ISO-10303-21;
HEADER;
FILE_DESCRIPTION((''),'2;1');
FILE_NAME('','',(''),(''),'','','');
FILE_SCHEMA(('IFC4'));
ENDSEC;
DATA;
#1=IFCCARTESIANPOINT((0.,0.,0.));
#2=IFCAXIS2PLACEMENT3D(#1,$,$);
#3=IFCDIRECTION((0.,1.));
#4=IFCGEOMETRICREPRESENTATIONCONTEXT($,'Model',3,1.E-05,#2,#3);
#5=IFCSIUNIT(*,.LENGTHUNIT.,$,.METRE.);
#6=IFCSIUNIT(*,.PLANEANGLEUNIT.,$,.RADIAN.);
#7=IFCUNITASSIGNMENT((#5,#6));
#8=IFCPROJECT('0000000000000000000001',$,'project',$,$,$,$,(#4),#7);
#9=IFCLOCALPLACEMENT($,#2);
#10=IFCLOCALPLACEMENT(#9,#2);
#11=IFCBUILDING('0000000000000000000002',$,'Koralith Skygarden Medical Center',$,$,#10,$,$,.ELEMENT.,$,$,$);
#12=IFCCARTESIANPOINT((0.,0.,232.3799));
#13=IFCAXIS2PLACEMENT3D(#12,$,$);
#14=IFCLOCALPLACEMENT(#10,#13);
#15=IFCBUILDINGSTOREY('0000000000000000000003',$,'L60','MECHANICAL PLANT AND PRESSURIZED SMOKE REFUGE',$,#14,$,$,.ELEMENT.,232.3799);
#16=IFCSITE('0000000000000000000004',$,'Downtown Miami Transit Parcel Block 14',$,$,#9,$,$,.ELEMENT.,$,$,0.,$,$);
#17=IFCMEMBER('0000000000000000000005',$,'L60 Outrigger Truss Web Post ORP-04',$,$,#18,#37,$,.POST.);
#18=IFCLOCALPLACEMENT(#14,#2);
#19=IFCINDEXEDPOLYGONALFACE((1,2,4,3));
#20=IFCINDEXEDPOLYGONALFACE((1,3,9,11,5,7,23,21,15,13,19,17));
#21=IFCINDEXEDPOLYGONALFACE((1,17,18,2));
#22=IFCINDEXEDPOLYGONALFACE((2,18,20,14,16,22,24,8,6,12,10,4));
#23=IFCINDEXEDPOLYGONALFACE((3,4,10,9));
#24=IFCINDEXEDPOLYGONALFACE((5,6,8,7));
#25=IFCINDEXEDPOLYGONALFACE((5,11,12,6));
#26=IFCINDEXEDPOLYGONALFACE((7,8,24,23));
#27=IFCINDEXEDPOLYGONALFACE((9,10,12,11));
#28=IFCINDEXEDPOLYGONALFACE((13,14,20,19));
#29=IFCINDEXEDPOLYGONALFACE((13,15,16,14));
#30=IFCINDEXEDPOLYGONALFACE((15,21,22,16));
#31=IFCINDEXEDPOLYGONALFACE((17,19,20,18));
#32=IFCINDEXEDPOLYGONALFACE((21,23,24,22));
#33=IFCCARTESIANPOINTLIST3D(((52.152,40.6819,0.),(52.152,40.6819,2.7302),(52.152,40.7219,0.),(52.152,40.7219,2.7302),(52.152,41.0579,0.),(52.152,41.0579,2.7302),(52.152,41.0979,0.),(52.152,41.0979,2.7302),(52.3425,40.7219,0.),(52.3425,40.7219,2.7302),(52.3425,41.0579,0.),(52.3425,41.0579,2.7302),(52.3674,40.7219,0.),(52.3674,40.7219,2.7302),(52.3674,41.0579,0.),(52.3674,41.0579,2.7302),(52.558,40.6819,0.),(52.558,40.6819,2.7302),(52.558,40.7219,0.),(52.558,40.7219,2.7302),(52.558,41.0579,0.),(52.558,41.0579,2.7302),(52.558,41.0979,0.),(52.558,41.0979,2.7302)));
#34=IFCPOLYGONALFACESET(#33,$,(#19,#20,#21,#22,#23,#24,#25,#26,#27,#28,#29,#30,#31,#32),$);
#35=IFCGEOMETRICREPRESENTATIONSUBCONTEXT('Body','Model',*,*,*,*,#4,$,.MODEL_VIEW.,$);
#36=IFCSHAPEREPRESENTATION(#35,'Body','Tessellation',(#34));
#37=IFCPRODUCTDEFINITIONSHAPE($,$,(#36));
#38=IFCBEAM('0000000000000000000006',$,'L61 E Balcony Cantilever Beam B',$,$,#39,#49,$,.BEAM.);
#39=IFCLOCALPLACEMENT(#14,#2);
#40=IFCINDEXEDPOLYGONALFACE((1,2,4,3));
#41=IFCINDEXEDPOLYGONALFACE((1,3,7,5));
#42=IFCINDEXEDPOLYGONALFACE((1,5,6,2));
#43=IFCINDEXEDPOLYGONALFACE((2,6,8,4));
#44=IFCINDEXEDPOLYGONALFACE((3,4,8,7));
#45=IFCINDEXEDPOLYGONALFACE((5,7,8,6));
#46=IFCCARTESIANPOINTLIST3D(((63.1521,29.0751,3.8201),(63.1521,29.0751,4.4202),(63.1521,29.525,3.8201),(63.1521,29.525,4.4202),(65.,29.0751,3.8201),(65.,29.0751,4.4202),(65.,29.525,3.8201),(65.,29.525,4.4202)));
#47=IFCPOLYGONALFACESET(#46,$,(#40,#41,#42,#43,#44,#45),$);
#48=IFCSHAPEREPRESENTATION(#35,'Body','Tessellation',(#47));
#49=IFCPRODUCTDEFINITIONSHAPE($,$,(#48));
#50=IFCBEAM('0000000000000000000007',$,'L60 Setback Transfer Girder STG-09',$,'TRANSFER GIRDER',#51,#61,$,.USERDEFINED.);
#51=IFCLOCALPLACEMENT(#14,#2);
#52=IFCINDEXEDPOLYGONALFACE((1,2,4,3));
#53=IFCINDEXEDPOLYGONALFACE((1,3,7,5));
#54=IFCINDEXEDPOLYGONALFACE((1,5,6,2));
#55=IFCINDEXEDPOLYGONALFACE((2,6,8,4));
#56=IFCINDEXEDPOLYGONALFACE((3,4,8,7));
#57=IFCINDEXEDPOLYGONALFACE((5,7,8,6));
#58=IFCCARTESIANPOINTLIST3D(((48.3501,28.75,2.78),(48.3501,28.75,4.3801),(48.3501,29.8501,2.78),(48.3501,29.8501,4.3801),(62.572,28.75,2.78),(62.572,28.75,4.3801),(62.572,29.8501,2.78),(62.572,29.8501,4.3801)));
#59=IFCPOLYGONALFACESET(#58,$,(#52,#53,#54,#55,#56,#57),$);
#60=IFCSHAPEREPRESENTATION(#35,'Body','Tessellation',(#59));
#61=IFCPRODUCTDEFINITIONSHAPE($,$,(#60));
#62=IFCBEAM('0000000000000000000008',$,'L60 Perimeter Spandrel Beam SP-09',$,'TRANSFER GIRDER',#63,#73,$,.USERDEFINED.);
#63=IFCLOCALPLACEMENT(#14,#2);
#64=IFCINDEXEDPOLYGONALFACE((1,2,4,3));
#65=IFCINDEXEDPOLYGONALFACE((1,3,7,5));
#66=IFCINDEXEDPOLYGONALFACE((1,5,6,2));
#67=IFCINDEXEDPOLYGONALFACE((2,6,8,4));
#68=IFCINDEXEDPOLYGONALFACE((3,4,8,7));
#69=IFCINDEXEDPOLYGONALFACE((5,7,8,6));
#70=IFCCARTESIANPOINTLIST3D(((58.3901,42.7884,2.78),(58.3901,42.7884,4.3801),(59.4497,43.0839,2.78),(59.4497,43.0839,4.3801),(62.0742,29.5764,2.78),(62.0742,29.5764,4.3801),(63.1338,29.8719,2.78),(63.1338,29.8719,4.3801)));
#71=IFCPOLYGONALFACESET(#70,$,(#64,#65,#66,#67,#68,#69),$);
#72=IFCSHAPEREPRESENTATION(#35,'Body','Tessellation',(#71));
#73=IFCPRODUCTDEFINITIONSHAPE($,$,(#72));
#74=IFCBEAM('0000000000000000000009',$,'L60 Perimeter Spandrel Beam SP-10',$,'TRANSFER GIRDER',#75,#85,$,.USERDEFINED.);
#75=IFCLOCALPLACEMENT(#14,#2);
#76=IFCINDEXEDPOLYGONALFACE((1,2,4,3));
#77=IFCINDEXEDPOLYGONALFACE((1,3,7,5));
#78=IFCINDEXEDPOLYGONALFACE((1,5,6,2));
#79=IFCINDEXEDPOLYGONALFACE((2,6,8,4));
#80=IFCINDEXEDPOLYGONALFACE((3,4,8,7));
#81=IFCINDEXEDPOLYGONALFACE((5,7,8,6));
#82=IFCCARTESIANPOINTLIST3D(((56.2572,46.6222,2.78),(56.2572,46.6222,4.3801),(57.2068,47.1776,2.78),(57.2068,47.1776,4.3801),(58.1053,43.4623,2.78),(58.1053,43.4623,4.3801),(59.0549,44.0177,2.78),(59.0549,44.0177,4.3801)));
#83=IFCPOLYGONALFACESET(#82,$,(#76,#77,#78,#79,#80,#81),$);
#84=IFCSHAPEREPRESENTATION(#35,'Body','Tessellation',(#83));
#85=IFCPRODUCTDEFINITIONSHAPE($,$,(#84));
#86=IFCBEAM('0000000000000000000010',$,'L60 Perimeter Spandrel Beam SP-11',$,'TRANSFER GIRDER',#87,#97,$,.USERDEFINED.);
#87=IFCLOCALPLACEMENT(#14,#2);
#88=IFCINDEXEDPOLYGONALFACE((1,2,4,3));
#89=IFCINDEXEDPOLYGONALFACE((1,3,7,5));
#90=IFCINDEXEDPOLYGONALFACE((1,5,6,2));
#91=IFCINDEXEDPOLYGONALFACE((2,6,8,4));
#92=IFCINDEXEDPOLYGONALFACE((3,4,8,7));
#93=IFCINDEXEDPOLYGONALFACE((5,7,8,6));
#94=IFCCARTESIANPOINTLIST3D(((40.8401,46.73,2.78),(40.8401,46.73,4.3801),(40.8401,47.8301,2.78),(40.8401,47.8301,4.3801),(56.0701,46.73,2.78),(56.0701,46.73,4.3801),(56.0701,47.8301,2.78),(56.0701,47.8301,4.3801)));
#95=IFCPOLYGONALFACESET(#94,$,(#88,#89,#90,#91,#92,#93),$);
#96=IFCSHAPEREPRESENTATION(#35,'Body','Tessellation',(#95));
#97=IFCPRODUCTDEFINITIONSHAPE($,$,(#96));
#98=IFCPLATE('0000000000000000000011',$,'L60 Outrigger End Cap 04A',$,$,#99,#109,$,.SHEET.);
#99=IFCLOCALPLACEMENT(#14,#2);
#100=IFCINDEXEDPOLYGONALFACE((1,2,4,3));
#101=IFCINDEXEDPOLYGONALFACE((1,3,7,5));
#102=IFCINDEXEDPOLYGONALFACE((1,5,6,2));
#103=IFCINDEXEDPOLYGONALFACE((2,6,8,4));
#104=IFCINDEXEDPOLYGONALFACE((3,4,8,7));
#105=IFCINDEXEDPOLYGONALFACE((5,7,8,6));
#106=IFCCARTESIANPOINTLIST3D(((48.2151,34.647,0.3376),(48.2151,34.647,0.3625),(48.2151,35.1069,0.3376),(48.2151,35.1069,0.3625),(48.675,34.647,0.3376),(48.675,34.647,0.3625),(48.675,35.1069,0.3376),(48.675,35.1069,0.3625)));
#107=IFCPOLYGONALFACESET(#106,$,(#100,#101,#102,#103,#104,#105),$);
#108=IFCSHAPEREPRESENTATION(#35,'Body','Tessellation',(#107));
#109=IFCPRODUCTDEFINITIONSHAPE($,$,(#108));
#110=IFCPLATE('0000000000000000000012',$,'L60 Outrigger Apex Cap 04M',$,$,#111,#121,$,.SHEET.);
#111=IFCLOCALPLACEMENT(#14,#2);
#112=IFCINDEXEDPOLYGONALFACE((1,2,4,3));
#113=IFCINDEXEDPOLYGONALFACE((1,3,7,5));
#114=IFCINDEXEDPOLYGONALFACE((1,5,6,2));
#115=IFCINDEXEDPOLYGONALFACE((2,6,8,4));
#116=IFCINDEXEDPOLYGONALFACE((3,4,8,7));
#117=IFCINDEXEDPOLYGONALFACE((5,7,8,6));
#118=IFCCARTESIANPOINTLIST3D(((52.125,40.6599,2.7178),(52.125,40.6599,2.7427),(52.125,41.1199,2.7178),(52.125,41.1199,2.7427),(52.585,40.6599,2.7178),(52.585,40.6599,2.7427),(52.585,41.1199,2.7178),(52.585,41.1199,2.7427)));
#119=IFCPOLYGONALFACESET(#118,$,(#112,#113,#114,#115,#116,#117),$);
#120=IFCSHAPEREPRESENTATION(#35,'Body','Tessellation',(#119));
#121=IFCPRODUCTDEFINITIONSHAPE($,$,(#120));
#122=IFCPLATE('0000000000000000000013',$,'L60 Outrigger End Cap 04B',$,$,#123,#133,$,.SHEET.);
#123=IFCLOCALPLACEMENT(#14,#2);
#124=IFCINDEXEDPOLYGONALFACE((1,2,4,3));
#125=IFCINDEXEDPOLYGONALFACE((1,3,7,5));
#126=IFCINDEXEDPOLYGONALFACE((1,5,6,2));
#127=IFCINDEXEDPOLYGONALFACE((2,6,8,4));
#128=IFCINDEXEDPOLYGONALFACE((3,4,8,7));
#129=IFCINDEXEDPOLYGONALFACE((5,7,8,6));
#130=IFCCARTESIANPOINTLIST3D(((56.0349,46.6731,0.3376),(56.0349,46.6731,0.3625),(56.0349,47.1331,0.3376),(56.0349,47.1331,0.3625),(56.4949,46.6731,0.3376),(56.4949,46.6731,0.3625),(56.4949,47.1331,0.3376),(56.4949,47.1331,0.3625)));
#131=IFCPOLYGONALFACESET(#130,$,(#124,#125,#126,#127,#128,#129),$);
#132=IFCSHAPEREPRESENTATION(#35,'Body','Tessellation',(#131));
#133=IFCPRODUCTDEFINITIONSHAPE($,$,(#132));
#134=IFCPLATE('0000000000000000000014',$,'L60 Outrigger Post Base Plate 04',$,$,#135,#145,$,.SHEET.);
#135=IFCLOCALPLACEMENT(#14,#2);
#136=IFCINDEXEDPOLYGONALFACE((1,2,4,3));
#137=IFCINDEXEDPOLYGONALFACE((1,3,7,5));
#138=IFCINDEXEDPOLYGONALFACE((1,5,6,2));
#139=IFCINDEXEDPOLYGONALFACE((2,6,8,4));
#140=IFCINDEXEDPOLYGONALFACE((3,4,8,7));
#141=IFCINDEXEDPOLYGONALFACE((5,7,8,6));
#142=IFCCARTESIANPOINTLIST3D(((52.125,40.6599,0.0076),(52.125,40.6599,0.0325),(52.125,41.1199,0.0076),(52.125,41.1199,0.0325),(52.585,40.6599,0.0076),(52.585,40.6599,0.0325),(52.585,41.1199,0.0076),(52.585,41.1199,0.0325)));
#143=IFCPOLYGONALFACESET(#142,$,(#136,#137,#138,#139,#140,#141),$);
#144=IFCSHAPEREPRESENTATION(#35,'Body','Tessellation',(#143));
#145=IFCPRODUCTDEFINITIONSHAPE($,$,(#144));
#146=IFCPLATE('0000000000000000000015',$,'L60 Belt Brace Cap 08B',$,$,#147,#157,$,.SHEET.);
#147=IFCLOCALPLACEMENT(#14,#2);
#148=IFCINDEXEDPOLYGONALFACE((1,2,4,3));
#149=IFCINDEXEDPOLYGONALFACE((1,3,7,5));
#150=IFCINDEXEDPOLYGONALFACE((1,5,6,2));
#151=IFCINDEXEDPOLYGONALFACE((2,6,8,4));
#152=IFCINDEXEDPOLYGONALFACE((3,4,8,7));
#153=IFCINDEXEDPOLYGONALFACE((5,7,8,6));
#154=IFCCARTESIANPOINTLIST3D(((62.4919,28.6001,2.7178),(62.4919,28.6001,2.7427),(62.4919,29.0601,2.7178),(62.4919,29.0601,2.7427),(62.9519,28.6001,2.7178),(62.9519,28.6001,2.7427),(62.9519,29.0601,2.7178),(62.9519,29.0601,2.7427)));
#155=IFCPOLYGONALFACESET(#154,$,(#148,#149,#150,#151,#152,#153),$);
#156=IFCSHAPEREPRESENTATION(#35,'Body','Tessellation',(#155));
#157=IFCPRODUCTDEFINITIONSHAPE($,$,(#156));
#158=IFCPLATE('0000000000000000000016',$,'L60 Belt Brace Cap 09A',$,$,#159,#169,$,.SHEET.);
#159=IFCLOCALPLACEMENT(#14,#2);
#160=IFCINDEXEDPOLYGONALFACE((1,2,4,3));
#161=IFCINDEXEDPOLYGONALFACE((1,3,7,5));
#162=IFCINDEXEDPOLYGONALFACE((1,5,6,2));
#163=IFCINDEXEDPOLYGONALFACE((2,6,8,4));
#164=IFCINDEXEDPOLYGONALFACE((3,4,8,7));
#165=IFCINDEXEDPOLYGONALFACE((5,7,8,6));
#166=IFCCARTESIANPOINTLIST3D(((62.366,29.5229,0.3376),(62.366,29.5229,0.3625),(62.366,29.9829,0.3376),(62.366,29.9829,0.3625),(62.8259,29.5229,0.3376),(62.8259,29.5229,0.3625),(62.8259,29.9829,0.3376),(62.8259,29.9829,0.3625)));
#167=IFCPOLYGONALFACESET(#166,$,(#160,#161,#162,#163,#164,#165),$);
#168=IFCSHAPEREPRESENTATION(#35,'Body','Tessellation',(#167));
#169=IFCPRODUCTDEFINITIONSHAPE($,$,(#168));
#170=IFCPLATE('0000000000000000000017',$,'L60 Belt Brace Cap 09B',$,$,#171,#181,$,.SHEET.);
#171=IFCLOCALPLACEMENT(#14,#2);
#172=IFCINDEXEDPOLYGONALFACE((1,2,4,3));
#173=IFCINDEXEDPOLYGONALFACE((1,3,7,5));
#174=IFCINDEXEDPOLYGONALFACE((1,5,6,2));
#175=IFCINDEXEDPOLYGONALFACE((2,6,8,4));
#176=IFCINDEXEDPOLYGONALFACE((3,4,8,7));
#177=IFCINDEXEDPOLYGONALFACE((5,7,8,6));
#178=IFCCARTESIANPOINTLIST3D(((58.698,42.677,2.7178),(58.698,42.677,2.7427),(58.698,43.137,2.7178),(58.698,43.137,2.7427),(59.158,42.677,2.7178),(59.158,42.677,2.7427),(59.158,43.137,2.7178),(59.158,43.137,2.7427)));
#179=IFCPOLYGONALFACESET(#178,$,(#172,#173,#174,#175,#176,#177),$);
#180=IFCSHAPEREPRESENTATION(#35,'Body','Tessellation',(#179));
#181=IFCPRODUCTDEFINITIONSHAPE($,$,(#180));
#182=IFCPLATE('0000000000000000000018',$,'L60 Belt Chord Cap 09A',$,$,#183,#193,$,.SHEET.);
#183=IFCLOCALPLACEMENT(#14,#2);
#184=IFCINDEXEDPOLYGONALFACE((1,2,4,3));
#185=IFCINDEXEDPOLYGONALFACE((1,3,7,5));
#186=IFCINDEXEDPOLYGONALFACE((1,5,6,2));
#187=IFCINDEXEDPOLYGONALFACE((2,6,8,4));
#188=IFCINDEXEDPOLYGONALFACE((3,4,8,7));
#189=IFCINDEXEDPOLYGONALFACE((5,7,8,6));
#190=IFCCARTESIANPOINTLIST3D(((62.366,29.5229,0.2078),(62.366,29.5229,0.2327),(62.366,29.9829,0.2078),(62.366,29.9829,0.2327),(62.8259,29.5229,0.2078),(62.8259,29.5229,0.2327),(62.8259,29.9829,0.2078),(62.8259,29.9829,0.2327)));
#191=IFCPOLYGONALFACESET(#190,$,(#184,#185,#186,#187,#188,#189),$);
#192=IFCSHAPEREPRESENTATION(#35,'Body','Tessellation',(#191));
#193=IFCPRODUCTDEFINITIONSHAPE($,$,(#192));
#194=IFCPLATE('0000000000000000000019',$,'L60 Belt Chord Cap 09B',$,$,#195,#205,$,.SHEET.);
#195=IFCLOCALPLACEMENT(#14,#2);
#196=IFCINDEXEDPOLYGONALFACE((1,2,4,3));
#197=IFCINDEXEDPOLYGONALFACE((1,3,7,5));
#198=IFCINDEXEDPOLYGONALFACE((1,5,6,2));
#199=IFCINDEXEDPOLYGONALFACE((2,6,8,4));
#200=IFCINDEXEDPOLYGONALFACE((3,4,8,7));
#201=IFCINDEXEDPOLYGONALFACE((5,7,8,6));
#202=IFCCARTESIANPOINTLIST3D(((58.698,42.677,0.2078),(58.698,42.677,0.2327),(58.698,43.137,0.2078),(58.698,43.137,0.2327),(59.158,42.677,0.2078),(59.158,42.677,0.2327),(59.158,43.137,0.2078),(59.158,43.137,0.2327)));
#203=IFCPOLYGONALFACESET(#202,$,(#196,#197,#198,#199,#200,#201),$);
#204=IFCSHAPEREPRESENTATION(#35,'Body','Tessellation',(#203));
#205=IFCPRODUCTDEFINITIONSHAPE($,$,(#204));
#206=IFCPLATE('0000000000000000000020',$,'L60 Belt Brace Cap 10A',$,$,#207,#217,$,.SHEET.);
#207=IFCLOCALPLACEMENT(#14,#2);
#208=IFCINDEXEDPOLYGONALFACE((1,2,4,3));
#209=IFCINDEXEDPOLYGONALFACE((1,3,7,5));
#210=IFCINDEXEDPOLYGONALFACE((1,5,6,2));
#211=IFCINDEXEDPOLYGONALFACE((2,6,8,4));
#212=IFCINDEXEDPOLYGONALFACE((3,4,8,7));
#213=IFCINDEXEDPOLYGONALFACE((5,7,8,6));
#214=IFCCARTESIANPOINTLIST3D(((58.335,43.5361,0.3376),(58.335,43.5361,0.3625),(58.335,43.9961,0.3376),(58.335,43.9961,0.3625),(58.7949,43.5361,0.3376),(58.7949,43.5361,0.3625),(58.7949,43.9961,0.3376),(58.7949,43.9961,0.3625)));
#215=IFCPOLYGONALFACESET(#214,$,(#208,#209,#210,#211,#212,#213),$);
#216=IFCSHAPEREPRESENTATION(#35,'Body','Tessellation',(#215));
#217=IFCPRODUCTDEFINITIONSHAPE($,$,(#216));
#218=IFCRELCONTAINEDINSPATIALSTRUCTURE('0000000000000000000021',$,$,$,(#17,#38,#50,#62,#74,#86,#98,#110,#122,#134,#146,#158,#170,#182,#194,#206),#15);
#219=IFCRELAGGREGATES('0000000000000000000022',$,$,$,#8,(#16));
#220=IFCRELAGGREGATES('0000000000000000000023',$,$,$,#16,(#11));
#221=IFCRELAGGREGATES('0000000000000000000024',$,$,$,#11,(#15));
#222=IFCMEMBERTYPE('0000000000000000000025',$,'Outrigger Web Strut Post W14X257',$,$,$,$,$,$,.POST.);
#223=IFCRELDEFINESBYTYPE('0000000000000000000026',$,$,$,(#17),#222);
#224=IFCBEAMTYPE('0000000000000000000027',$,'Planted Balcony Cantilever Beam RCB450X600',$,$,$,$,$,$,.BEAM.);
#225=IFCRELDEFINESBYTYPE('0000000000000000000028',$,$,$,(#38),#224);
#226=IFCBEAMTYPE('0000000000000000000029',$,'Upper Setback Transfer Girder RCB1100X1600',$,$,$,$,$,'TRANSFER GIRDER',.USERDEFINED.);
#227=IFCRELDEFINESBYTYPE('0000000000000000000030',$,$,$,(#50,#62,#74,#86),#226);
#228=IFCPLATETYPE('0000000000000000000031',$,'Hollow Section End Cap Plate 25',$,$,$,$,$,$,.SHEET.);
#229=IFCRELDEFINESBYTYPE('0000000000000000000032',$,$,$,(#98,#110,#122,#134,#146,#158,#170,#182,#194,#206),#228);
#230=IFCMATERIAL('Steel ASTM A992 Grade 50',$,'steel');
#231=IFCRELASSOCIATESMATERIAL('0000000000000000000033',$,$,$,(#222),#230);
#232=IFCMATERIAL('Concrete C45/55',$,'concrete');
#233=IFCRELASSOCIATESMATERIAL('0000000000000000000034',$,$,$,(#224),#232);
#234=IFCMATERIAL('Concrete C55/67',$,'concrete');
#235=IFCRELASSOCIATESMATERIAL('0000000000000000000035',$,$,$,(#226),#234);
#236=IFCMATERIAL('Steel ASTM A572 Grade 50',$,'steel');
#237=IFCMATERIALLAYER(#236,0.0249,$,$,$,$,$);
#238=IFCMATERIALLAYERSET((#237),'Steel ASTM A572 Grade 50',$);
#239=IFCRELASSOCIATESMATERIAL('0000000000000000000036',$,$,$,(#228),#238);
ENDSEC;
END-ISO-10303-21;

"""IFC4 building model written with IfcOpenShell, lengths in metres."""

from ifc_helpers import new_model, si_unit, direction, frame, origin, origin_2d, place, context, subcontext, project, spatial, rectangle, i_section, extrude, material, layer, layer_set, material_profile, profile_set, type_object, element, save


model = new_model("IFC4")

# Units and contexts
model_context = context("Model", 3, precision=1e-05, world=origin(), true_north=direction((0.0, 1.0)))
body_context = subcontext(model_context, "Body", "Model", "MODEL_VIEW")
ifc_project = project(units=[si_unit("LENGTHUNIT", "METRE"), si_unit("PLANEANGLEUNIT", "RADIAN")], contexts=[model_context])

# Site, building, storey
site_placement = place(None, origin())
site = spatial("IfcSite", under=ifc_project, at=site_placement, Name="Downtown Miami Transit Parcel Block 14", CompositionType="ELEMENT", RefElevation=0.0)
building_placement = place(site_placement, origin())
building = spatial("IfcBuilding", under=site, at=building_placement, Name="Koralith Skygarden Medical Center", CompositionType="ELEMENT")
storey_placement = place(building_placement, frame((0.0, 0.0, 232.3799)))
storey = spatial("IfcBuildingStorey", under=building, at=storey_placement, Name="L60", Description="MECHANICAL PLANT AND PRESSURIZED SMOKE REFUGE", CompositionType="ELEMENT", Elevation=232.3799)

# Shared definitions
ifc_material_1 = material(Name="Concrete C55/67", Category="concrete")

# Member
ifc_material_2 = material(Name="Steel ASTM A992 Grade 50", Category="steel")
ifc_material_profile_1 = material_profile(ifc_material_2, i_section(OverallWidth=0.406, OverallDepth=0.416, WebThickness=0.0249, FlangeThickness=0.04, at=origin_2d()), Name="W14X257")
ifc_profile_set_1 = profile_set([ifc_material_profile_1], Name="Steel ASTM A992 Grade 50")
member_type_1 = type_object("IfcMemberType", Name="Outrigger Web Strut Post W14X257", PredefinedType="POST", material=ifc_profile_set_1)
member_1_placement = place(storey_placement, frame((52.355, 40.8899, 0.0), z_axis=(0.0, 0.0, 1.0), x_axis=(1.0, 0.0, 0.0)))
element("IfcMember", 1, at=member_1_placement, inside=storey, type_object=member_type_1, Name="L60 Outrigger Truss Web Post ORP-04", PredefinedType="POST", context=body_context, shape_type="SweptSolid", body=[
    extrude(i_section(OverallWidth=0.406, OverallDepth=0.416, WebThickness=0.0249, FlangeThickness=0.04, at=origin_2d()), origin(), (0.0, 0.0, 1.0), 2.7302),
])

# Beams
ifc_material_3 = material(Name="Concrete C45/55", Category="concrete")
ifc_material_profile_2 = material_profile(ifc_material_3, rectangle(XDim=0.45, YDim=0.6001, at=origin_2d()), Name="RCB450X600")
ifc_profile_set_2 = profile_set([ifc_material_profile_2], Name="Concrete C45/55")
beam_type_1 = type_object("IfcBeamType", Name="Planted Balcony Cantilever Beam RCB450X600", PredefinedType="BEAM", material=ifc_profile_set_2)
beam_1_placement = place(storey_placement, frame((63.1521, 29.3, 4.1201), z_axis=(1.0, 0.0, 0.0), x_axis=(0.0, 1.0, 0.0)))
element("IfcBeam", 2, at=beam_1_placement, inside=storey, type_object=beam_type_1, Name="L61 E Balcony Cantilever Beam B", PredefinedType="BEAM", context=body_context, shape_type="SweptSolid", body=[
    extrude(rectangle(XDim=0.45, YDim=0.6001, at=origin_2d()), origin(), (0.0, 0.0, 1.0), 1.8479),
])
ifc_material_profile_3 = material_profile(ifc_material_1, rectangle(XDim=1.1001, YDim=1.6001, at=origin_2d()), Name="RCB1100X1600")
ifc_profile_set_3 = profile_set([ifc_material_profile_3], Name="Concrete C55/67")
beam_type_2 = type_object("IfcBeamType", Name="Upper Setback Transfer Girder RCB1100X1600", ElementType="TRANSFER GIRDER", PredefinedType="USERDEFINED", material=ifc_profile_set_3)
beam_2_placement = place(storey_placement, frame((48.3501, 29.3, 3.5801), z_axis=(1.0, 0.0, 0.0), x_axis=(0.0, 1.0, 0.0)))
element("IfcBeam", 3, at=beam_2_placement, inside=storey, type_object=beam_type_2, Name="L60 Setback Transfer Girder STG-09", ObjectType="TRANSFER GIRDER", PredefinedType="USERDEFINED", context=body_context, shape_type="SweptSolid", body=[
    extrude(rectangle(XDim=1.1001, YDim=1.6001, at=origin_2d()), origin(), (0.0, 0.0, 1.0), 14.2219),
])
beam_3_placement = place(storey_placement, frame((62.604, 29.7241, 3.5801), z_axis=(-0.268598, 0.963252, 0.0), x_axis=(-0.963252, -0.268598, 0.0)))
element("IfcBeam", 4, at=beam_3_placement, inside=storey, type_object=beam_type_2, Name="L60 Perimeter Spandrel Beam SP-09", ObjectType="TRANSFER GIRDER", PredefinedType="USERDEFINED", context=body_context, shape_type="SweptSolid", body=[
    extrude(rectangle(XDim=1.1001, YDim=1.6001, at=origin_2d()), origin(), (0.0, 0.0, 1.0), 13.7161),
])
beam_4_placement = place(storey_placement, frame((58.5801, 43.74, 3.5801), z_axis=(-0.504862, 0.8632, 0.0), x_axis=(-0.8632, -0.504862, 0.0)))
element("IfcBeam", 5, at=beam_4_placement, inside=storey, type_object=beam_type_2, Name="L60 Perimeter Spandrel Beam SP-10", ObjectType="TRANSFER GIRDER", PredefinedType="USERDEFINED", context=body_context, shape_type="SweptSolid", body=[
    extrude(rectangle(XDim=1.1001, YDim=1.6001, at=origin_2d()), origin(), (0.0, 0.0, 1.0), 3.6606),
])
beam_5_placement = place(storey_placement, frame((56.0701, 47.28, 3.5801), z_axis=(-1.0, 0.0, 0.0), x_axis=(0.0, -1.0, 0.0)))
element("IfcBeam", 6, at=beam_5_placement, inside=storey, type_object=beam_type_2, Name="L60 Perimeter Spandrel Beam SP-11", ObjectType="TRANSFER GIRDER", PredefinedType="USERDEFINED", context=body_context, shape_type="SweptSolid", body=[
    extrude(rectangle(XDim=1.1001, YDim=1.6001, at=origin_2d()), origin(), (0.0, 0.0, 1.0), 15.23),
])

# Plates
ifc_material_4 = material(Name="Steel ASTM A572 Grade 50", Category="steel")
ifc_layer_1 = layer(ifc_material_4, 0.0249)
ifc_layer_set_1 = layer_set([ifc_layer_1], Name="Steel ASTM A572 Grade 50")
plate_type_1 = type_object("IfcPlateType", Name="Hollow Section End Cap Plate 25", PredefinedType="SHEET", material=ifc_layer_set_1)
for number, where, z_axis, x_axis, name in (
    (7, (48.4451, 34.877, 0.3376), (0.0, 0.0, 1.0), (1.0, 0.0, 0.0), "L60 Outrigger End Cap 04A"),
    (8, (52.355, 40.8899, 2.7178), (0.0, 0.0, 1.0), (1.0, 0.0, 0.0), "L60 Outrigger Apex Cap 04M"),
    (9, (56.2649, 46.9031, 0.3376), (0.0, 0.0, 1.0), (1.0, 0.0, 0.0), "L60 Outrigger End Cap 04B"),
    (10, (52.355, 40.8899, 0.0076), (0.0, 0.0, 1.0), (1.0, 0.0, 0.0), "L60 Outrigger Post Base Plate 04"),
    (11, (62.7219, 28.8301, 2.7178), (0.0, 0.0, 1.0), (1.0, 0.0, 0.0), "L60 Belt Brace Cap 08B"),
    (12, (62.5959, 29.7529, 0.3376), (0.0, 0.0, 1.0), (1.0, 0.0, 0.0), "L60 Belt Brace Cap 09A"),
    (13, (58.928, 42.907, 2.7178), (0.0, 0.0, 1.0), (1.0, 0.0, 0.0), "L60 Belt Brace Cap 09B"),
    (14, (62.5959, 29.7529, 0.2078), (0.0, 0.0, 1.0), (1.0, 0.0, 0.0), "L60 Belt Chord Cap 09A"),
    (15, (58.928, 42.907, 0.2078), (0.0, 0.0, 1.0), (1.0, 0.0, 0.0), "L60 Belt Chord Cap 09B"),
    (16, (58.5649, 43.7661, 0.3376), (0.0, 0.0, 1.0), (1.0, 0.0, 0.0), "L60 Belt Brace Cap 10A"),
):
    element("IfcPlate", number, at=place(storey_placement, frame(where, z_axis=z_axis, x_axis=x_axis)), inside=storey, type_object=plate_type_1, Name=name, PredefinedType="SHEET", context=body_context, shape_type="SweptSolid", body=[
        extrude(rectangle(XDim=0.46, YDim=0.46, at=origin_2d()), origin(), (0.0, 0.0, 1.0), 0.0249),
    ])

save(model, "model.ifc")
